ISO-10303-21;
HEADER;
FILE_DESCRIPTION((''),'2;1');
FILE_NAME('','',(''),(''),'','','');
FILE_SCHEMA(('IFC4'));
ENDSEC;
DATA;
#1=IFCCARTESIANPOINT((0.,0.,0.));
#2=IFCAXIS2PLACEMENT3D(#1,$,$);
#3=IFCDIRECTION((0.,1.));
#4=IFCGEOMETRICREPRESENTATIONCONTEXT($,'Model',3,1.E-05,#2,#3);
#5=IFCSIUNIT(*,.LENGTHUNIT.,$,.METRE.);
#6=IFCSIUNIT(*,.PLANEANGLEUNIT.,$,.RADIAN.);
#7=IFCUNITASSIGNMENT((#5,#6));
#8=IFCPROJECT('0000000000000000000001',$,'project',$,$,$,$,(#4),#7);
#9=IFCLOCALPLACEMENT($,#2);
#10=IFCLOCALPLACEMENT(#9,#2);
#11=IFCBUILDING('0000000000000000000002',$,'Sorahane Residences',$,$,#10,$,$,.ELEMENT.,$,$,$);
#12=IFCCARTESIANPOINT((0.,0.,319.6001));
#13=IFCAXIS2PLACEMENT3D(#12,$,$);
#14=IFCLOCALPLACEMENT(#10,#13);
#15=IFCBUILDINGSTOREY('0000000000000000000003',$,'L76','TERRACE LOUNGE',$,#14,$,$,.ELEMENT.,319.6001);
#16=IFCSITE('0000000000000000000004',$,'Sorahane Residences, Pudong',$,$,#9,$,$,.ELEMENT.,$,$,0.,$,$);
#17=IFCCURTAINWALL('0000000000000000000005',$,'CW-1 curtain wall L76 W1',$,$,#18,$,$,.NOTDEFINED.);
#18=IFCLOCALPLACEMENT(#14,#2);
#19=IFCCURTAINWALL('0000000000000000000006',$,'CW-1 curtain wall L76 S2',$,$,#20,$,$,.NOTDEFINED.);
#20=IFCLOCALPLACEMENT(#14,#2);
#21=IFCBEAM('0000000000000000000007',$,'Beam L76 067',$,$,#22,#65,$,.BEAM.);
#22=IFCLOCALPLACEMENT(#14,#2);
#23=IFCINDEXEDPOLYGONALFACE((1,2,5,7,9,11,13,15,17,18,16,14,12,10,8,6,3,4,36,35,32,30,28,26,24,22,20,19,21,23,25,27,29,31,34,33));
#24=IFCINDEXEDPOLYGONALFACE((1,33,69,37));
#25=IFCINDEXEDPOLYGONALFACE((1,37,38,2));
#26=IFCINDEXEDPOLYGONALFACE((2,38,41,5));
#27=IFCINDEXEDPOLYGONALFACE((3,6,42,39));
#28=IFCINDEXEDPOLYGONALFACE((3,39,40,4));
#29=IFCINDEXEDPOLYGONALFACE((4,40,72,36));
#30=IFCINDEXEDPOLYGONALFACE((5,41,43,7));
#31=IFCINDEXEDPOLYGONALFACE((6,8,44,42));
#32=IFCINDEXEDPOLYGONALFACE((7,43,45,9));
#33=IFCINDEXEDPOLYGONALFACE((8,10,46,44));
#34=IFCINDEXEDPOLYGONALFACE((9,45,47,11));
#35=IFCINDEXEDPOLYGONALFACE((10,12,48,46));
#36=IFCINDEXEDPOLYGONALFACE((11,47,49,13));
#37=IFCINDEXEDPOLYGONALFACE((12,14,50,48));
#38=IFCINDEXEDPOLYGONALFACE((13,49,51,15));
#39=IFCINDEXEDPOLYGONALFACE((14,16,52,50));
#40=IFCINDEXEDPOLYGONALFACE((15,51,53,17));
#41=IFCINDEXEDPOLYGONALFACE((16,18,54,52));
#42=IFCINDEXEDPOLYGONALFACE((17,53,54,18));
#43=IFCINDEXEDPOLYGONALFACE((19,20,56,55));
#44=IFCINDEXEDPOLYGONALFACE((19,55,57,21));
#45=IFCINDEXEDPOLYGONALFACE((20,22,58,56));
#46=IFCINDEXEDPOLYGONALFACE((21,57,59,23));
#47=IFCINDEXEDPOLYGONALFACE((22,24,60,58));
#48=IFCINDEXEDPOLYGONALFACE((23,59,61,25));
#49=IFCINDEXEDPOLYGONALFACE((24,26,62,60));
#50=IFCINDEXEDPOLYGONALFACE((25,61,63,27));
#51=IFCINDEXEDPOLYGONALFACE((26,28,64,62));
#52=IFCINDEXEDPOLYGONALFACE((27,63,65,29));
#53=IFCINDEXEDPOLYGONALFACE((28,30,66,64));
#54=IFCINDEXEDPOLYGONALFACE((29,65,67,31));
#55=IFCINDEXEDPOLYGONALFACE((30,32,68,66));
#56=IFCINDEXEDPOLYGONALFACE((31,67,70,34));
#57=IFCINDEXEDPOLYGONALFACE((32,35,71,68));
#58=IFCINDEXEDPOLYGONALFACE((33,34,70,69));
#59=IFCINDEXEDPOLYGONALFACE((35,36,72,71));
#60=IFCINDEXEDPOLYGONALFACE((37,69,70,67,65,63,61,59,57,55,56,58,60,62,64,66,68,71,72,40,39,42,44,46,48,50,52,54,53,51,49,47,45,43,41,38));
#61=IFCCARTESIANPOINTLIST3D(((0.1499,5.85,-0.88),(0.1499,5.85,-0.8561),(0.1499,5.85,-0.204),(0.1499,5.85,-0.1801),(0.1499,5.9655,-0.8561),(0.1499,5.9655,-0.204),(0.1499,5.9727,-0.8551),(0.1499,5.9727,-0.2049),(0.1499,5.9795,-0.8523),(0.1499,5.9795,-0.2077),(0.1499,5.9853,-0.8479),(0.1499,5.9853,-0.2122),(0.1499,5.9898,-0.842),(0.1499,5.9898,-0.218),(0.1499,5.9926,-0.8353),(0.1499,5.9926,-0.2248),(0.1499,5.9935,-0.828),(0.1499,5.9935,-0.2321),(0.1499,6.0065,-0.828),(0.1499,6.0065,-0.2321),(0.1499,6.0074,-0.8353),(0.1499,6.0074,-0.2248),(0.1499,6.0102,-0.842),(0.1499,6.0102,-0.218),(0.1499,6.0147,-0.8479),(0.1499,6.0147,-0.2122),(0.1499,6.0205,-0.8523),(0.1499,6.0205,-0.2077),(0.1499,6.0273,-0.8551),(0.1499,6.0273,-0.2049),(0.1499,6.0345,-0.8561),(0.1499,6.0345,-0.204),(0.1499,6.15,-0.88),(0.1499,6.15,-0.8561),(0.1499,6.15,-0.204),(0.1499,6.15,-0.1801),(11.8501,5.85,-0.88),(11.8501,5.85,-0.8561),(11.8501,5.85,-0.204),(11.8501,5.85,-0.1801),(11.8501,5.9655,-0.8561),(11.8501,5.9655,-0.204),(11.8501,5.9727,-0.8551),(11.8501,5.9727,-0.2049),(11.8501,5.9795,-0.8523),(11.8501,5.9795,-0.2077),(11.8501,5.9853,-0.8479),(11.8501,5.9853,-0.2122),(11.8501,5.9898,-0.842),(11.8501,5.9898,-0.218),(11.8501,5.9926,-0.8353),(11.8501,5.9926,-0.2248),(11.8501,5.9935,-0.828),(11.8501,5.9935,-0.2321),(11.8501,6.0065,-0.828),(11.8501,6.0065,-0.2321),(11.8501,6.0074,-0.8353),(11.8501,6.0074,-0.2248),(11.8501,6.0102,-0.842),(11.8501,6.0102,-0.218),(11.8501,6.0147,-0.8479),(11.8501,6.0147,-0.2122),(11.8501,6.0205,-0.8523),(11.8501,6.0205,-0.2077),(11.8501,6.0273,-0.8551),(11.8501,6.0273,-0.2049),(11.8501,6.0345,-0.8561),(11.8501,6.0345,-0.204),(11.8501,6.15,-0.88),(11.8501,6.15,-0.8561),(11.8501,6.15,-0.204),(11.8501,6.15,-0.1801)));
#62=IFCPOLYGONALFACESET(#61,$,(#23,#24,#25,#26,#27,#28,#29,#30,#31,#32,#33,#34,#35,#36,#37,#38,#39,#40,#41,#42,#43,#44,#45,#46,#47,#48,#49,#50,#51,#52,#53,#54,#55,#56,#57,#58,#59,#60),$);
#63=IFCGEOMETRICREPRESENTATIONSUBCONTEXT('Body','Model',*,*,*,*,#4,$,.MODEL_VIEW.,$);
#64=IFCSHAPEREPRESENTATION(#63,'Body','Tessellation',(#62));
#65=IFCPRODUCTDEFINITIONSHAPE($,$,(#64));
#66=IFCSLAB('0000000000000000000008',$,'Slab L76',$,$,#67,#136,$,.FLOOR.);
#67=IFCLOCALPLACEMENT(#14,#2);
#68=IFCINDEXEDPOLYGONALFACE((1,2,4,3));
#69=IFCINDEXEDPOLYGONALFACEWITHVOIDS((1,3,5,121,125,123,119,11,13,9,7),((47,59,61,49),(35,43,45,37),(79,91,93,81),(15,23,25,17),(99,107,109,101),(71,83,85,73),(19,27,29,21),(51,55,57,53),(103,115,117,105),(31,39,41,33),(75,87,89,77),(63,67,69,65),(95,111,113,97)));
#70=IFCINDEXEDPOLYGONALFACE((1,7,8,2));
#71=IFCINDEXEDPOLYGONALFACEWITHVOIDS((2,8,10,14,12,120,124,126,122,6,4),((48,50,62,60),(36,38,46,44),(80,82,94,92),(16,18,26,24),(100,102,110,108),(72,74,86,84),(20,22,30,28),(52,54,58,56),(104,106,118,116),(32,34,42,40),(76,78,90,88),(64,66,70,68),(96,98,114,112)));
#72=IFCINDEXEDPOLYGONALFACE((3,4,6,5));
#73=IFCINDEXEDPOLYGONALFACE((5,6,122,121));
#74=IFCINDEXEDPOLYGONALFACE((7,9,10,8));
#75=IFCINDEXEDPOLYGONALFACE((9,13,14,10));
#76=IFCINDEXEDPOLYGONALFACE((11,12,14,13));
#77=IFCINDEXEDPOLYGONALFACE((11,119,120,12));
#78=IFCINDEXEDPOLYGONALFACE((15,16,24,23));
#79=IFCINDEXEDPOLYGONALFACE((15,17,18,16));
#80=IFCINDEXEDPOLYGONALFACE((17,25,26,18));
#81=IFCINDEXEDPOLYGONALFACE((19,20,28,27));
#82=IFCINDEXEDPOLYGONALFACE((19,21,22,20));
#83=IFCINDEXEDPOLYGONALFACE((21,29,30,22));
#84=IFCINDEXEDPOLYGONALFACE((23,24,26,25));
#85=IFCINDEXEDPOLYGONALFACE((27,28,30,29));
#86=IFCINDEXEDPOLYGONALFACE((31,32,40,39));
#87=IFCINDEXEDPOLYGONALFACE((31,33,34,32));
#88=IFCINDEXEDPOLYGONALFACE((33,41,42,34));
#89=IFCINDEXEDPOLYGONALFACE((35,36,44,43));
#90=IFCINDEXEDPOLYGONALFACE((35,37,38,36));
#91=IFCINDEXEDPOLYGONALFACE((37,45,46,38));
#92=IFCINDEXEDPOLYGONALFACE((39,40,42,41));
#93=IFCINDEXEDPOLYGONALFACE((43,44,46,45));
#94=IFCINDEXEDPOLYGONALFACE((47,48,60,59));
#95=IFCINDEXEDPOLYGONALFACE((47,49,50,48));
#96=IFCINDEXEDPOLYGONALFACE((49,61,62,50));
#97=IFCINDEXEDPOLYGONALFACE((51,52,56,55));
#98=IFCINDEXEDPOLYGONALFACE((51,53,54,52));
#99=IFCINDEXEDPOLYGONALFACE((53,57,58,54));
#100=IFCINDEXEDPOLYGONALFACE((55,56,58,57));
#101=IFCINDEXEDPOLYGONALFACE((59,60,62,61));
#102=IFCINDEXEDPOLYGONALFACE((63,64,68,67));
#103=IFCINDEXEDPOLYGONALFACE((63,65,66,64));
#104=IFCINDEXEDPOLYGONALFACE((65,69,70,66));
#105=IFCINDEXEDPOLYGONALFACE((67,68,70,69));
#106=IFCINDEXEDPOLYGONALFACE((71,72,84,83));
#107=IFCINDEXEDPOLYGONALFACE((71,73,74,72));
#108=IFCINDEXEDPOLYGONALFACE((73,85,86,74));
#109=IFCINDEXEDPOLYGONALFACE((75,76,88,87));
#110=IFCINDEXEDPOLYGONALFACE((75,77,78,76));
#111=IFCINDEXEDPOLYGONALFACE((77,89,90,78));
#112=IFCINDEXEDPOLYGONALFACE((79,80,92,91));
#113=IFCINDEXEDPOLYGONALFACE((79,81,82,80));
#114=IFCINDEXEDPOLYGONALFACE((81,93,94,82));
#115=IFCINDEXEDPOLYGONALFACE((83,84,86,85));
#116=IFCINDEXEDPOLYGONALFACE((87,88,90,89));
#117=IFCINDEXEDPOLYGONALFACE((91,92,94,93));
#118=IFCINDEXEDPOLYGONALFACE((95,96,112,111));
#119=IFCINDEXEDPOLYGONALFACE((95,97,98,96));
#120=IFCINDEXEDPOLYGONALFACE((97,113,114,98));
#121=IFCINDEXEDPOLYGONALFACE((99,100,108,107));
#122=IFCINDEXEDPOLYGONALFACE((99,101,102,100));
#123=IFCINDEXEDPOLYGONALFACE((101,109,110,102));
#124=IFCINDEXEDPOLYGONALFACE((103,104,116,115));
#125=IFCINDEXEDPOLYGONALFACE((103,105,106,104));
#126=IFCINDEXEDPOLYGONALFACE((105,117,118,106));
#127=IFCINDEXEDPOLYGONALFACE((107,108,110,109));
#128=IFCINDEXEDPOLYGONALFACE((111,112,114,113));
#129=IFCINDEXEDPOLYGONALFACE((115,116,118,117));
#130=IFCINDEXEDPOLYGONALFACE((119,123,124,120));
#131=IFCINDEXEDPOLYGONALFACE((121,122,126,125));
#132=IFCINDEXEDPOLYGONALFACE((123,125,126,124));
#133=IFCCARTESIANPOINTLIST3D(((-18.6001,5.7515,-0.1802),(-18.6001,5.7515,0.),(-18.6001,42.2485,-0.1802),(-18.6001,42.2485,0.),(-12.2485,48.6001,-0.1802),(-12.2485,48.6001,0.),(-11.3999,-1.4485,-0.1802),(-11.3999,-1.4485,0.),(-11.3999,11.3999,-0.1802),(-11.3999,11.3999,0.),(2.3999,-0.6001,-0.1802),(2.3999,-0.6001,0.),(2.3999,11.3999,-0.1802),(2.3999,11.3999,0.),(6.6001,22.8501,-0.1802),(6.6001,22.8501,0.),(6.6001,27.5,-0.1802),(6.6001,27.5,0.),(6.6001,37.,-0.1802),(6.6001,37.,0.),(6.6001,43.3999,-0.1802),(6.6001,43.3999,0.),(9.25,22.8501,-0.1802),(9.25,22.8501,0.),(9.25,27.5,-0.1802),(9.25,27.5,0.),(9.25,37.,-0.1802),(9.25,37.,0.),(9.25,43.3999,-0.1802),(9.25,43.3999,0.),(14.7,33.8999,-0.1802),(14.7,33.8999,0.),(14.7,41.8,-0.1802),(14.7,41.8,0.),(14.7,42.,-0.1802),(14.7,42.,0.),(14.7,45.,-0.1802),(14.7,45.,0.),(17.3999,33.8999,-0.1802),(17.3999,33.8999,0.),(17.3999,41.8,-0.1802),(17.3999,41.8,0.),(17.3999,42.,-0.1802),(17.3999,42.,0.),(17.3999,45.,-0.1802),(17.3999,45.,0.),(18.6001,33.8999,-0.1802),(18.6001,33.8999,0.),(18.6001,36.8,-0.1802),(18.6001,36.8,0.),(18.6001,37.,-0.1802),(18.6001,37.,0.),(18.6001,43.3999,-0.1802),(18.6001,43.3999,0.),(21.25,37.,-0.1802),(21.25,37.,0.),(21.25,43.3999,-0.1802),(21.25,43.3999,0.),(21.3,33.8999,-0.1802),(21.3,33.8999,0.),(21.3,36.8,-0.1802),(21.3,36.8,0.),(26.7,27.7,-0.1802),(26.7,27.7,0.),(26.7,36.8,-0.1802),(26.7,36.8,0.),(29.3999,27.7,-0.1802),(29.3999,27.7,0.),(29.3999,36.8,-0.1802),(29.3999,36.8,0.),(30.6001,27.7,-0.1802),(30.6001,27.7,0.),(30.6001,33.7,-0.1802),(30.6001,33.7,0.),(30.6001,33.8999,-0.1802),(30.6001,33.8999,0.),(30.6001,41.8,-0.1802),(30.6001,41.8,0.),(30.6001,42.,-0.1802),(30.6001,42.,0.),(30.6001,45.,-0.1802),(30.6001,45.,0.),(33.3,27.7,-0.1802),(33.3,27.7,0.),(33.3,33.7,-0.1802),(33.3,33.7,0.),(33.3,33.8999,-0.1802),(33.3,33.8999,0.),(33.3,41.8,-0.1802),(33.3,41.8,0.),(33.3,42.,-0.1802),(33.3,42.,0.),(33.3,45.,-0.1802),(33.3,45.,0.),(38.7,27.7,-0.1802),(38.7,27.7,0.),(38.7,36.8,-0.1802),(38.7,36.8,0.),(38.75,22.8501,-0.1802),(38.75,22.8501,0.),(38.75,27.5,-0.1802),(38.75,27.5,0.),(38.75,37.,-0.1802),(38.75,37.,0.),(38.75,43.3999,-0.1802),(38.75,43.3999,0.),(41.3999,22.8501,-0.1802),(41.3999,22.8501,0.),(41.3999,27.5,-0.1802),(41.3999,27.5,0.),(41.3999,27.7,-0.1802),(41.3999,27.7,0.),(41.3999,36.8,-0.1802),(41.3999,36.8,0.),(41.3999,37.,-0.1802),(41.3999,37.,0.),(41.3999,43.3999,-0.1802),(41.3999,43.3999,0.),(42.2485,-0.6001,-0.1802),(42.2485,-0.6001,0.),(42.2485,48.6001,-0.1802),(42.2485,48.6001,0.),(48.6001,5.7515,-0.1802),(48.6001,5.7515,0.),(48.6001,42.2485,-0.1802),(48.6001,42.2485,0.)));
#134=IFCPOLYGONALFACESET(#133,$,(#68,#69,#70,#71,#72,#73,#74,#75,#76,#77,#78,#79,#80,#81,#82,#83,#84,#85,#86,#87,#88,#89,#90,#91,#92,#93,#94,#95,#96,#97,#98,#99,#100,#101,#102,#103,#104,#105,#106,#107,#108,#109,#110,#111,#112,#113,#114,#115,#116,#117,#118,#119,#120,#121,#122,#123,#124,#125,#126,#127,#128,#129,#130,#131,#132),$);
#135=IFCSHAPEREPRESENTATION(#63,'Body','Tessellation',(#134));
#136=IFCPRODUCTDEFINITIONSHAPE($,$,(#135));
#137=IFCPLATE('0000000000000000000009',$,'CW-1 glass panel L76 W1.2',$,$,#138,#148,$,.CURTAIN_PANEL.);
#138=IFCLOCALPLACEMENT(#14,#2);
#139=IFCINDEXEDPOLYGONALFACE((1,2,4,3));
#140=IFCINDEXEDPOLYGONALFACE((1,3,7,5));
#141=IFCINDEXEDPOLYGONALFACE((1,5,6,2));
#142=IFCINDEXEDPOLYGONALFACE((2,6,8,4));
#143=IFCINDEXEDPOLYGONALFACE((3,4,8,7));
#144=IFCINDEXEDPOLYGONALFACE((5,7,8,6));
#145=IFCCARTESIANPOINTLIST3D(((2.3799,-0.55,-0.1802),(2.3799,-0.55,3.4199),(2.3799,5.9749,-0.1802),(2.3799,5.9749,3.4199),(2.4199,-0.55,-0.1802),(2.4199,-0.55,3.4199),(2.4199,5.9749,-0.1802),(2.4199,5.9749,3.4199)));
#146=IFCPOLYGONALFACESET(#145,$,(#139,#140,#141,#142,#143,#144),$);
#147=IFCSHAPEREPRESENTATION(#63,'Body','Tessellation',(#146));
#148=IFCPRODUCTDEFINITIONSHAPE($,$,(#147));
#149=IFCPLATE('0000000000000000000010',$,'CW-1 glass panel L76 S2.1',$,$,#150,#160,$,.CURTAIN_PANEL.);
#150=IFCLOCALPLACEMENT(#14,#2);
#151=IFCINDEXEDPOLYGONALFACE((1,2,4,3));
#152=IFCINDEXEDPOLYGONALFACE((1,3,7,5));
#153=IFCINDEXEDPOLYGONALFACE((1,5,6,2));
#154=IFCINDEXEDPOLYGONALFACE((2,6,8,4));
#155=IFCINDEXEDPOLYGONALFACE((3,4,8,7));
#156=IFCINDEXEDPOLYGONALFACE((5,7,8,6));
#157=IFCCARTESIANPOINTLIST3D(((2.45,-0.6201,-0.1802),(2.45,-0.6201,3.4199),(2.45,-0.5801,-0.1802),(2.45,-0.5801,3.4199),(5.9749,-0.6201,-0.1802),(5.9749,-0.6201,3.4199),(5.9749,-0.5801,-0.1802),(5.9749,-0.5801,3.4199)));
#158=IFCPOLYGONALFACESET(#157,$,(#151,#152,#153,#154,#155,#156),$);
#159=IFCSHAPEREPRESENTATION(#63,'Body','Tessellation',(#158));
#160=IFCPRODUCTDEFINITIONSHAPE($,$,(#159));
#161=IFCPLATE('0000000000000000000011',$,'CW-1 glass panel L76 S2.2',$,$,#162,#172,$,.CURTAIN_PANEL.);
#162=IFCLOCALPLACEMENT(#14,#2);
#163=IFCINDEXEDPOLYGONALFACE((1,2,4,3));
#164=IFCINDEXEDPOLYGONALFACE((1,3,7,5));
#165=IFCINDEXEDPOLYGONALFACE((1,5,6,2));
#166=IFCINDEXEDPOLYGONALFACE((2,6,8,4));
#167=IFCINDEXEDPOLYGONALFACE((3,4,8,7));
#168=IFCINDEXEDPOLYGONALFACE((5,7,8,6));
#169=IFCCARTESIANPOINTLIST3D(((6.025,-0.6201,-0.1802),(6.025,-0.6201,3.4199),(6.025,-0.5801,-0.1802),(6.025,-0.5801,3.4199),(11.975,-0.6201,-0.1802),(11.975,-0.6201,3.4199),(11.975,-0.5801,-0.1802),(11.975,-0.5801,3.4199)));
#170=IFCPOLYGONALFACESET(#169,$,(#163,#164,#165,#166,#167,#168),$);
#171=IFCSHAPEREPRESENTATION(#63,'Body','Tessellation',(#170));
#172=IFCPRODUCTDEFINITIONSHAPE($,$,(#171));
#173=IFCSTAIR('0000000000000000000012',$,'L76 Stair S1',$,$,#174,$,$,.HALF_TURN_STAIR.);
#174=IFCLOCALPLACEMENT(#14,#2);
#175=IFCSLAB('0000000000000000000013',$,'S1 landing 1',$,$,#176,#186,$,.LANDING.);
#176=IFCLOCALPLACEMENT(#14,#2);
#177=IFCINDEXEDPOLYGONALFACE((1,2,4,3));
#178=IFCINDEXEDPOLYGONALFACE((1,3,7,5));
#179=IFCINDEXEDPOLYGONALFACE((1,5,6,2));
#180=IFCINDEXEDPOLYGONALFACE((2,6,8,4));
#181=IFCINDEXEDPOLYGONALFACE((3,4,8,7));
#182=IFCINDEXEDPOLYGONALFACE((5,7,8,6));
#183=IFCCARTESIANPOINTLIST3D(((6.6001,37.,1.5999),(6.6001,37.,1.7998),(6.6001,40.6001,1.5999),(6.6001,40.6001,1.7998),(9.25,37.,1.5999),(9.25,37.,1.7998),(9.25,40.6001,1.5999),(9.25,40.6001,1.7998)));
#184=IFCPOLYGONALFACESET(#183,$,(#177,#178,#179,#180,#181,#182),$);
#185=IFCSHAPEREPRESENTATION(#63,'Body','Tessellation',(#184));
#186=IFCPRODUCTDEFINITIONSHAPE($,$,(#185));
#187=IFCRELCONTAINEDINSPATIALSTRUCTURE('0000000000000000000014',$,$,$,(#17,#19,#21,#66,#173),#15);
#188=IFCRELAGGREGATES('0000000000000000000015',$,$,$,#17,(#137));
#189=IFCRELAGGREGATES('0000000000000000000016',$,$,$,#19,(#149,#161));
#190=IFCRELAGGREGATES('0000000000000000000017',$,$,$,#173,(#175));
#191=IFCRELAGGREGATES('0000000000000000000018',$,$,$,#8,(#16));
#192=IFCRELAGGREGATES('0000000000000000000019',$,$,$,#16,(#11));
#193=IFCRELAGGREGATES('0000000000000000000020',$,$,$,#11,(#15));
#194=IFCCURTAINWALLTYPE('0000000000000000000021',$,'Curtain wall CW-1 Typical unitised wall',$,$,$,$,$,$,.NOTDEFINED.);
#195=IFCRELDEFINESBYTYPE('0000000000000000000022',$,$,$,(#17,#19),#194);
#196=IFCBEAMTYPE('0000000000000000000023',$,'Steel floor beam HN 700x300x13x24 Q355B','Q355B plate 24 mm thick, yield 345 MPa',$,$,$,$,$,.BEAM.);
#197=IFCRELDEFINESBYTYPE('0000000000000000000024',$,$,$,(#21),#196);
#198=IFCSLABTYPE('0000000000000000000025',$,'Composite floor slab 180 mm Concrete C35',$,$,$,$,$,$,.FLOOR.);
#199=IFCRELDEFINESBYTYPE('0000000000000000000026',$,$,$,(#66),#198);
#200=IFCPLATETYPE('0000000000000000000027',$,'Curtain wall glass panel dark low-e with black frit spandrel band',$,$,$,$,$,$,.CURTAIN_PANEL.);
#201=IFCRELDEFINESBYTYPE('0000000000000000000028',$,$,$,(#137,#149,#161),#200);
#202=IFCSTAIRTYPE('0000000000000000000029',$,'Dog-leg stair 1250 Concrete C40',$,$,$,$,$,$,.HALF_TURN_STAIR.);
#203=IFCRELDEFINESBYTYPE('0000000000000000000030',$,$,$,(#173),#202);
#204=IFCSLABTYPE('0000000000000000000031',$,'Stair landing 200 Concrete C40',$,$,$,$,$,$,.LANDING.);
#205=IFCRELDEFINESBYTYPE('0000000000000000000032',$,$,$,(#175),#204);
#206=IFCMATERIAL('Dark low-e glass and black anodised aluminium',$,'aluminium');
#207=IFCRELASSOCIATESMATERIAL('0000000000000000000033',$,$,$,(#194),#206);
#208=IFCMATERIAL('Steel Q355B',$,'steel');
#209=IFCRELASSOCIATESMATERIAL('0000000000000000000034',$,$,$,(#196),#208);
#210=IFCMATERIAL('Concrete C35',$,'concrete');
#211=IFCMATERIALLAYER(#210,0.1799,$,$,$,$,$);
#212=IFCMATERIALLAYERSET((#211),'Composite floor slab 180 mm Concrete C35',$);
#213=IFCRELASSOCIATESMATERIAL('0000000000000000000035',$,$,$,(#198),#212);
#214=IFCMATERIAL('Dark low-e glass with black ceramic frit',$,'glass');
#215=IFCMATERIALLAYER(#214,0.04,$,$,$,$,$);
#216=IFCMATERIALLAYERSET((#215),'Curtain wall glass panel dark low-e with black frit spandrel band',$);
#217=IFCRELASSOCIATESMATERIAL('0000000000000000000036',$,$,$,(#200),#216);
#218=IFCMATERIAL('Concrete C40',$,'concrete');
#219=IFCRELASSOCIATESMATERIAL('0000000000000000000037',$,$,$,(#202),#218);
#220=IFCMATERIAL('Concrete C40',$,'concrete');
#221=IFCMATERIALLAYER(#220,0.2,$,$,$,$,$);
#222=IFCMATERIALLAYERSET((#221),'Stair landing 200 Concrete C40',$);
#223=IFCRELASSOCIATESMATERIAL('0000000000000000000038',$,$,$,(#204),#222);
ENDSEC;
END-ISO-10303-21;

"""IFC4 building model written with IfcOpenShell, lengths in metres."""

from ifc_helpers import new_model, si_unit, direction, frame, origin, origin_2d, place, context, subcontext, project, spatial, polyline, rectangle, i_section, outline, extrude, material, layer, layer_set, material_profile, profile_set, type_object, element, aggregate, save


model = new_model("IFC4")

# Units and contexts
model_context = context("Model", 3, precision=1e-05, world=origin(), true_north=direction((0.0, 1.0)))
body_context = subcontext(model_context, "Body", "Model", "MODEL_VIEW")
ifc_project = project(units=[si_unit("LENGTHUNIT", "METRE"), si_unit("PLANEANGLEUNIT", "RADIAN")], contexts=[model_context])

# Site, building, storey
site_placement = place(None, origin())
site = spatial("IfcSite", under=ifc_project, at=site_placement, Name="Sorahane Residences, Pudong", CompositionType="ELEMENT", RefElevation=0.0)
building_placement = place(site_placement, origin())
building = spatial("IfcBuilding", under=site, at=building_placement, Name="Sorahane Residences", CompositionType="ELEMENT")
storey_placement = place(building_placement, frame((0.0, 0.0, 319.6001)))
storey = spatial("IfcBuildingStorey", under=building, at=storey_placement, Name="L76", Description="TERRACE LOUNGE", CompositionType="ELEMENT", Elevation=319.6001)

# Curtain walls
ifc_material_1 = material(Name="Dark low-e glass and black anodised aluminium", Category="aluminium")
curtain_wall_type = type_object("IfcCurtainWallType", Name="Curtain wall CW-1 Typical unitised wall", PredefinedType="NOTDEFINED", material=ifc_material_1)
curtain_wall_1_placement = place(storey_placement, origin())
curtain_wall_1 = element("IfcCurtainWall", 1, at=curtain_wall_1_placement, inside=storey, type_object=curtain_wall_type, Name="CW-1 curtain wall L76 W1", PredefinedType="NOTDEFINED")
curtain_wall_2_placement = place(storey_placement, origin())
curtain_wall_2 = element("IfcCurtainWall", 2, at=curtain_wall_2_placement, inside=storey, type_object=curtain_wall_type, Name="CW-1 curtain wall L76 S2", PredefinedType="NOTDEFINED")

# Beam
ifc_material_2 = material(Name="Steel Q355B", Category="steel")
ifc_material_profile_1 = material_profile(ifc_material_2, i_section(OverallWidth=0.3, OverallDepth=0.7, WebThickness=0.0129, FlangeThickness=0.0239, FilletRadius=0.0281, at=origin_2d()), Name="HN 700x300x13x24")
ifc_profile_set_1 = profile_set([ifc_material_profile_1], Name="Steel Q355B")
beam_type_1 = type_object("IfcBeamType", Name="Steel floor beam HN 700x300x13x24 Q355B", Description="Q355B plate 24 mm thick, yield 345 MPa", PredefinedType="BEAM", material=ifc_profile_set_1)
beam_1_placement = place(storey_placement, frame((0.1499, 6.0, -0.53), z_axis=(1.0, 0.0, 0.0), x_axis=(0.0, 1.0, 0.0)))
element("IfcBeam", 3, at=beam_1_placement, inside=storey, type_object=beam_type_1, Name="Beam L76 067", PredefinedType="BEAM", context=body_context, shape_type="SweptSolid", body=[
    extrude(i_section(OverallWidth=0.3, OverallDepth=0.7, WebThickness=0.0129, FlangeThickness=0.0239, FilletRadius=0.0281, at=origin_2d()), origin(), (0.0, 0.0, 1.0), 11.7002),
])

# Slab
ifc_material_3 = material(Name="Concrete C35", Category="concrete")
ifc_layer_1 = layer(ifc_material_3, 0.1799)
ifc_layer_set_1 = layer_set([ifc_layer_1], Name="Composite floor slab 180 mm Concrete C35")
slab_type_1 = type_object("IfcSlabType", Name="Composite floor slab 180 mm Concrete C35", PredefinedType="FLOOR", material=ifc_layer_set_1)
slab_1_placement = place(storey_placement, frame((0.0, 0.0, -0.1802)))
element("IfcSlab", 4, at=slab_1_placement, inside=storey, type_object=slab_type_1, Name="Slab L76", PredefinedType="FLOOR", context=body_context, shape_type="SweptSolid", body=[
    extrude(outline(polyline([(-18.6001, 5.7515), (-18.6001, 42.2485), (-12.2485, 48.6001), (42.2485, 48.6001), (48.6001, 42.2485), (48.6001, 5.7515), (42.2485, -0.6001), (2.3999, -0.6001), (2.3999, 11.3999), (-11.3999, 11.3999), (-11.3999, -1.4485), (-18.6001, 5.7515)]), holes=[polyline([(38.7, 27.7), (41.3999, 27.7), (41.3999, 36.8), (38.7, 36.8), (38.7, 27.7)]), polyline([(30.6001, 27.7), (33.3, 27.7), (33.3, 33.7), (30.6001, 33.7), (30.6001, 27.7)]), polyline([(30.6001, 42.0), (33.3, 42.0), (33.3, 45.0), (30.6001, 45.0), (30.6001, 42.0)]), polyline([(14.7, 42.0), (17.3999, 42.0), (17.3999, 45.0), (14.7, 45.0), (14.7, 42.0)]), polyline([(6.6001, 43.3999), (6.6001, 37.0), (9.25, 37.0), (9.25, 43.3999), (6.6001, 43.3999)]), polyline([(38.75, 43.3999), (38.75, 37.0), (41.3999, 37.0), (41.3999, 43.3999), (38.75, 43.3999)]), polyline([(18.6001, 43.3999), (18.6001, 37.0), (21.25, 37.0), (21.25, 43.3999), (18.6001, 43.3999)]), polyline([(9.25, 22.8501), (9.25, 27.5), (6.6001, 27.5), (6.6001, 22.8501), (9.25, 22.8501)]), polyline([(41.3999, 22.8501), (41.3999, 27.5), (38.75, 27.5), (38.75, 22.8501), (41.3999, 22.8501)]), polyline([(14.7, 33.8999), (17.3999, 33.8999), (17.3999, 41.8), (14.7, 41.8), (14.7, 33.8999)]), polyline([(30.6001, 33.8999), (33.3, 33.8999), (33.3, 41.8), (30.6001, 41.8), (30.6001, 33.8999)]), polyline([(18.6001, 33.8999), (21.3, 33.8999), (21.3, 36.8), (18.6001, 36.8), (18.6001, 33.8999)]), polyline([(26.7, 27.7), (29.3999, 27.7), (29.3999, 36.8), (26.7, 36.8), (26.7, 27.7)])]), origin(), (0.0, 0.0, 1.0), 0.1802),
])

# Plates
ifc_material_4 = material(Name="Dark low-e glass with black ceramic frit", Category="glass")
ifc_layer_2 = layer(ifc_material_4, 0.04)
ifc_layer_set_2 = layer_set([ifc_layer_2], Name="Curtain wall glass panel dark low-e with black frit spandrel band")
plate_type = type_object("IfcPlateType", Name="Curtain wall glass panel dark low-e with black frit spandrel band", PredefinedType="CURTAIN_PANEL", material=ifc_layer_set_2)
plate_1_placement = place(storey_placement, frame((2.3999, 2.7124, -0.1802), z_axis=(0.0, 0.0, 1.0), x_axis=(0.0, -1.0, 0.0)))
plate_1 = element("IfcPlate", 5, at=plate_1_placement, type_object=plate_type, Name="CW-1 glass panel L76 W1.2", PredefinedType="CURTAIN_PANEL", context=body_context, shape_type="SweptSolid", body=[
    extrude(rectangle(XDim=6.5249, YDim=0.04, at=origin_2d()), origin(), (0.0, 0.0, 1.0), 3.6001),
])
aggregate(curtain_wall_1, [plate_1])
plate_2_placement = place(storey_placement, frame((4.2124, -0.6001, -0.1802), z_axis=(0.0, 0.0, 1.0), x_axis=(1.0, 0.0, 0.0)))
plate_2 = element("IfcPlate", 6, at=plate_2_placement, type_object=plate_type, Name="CW-1 glass panel L76 S2.1", PredefinedType="CURTAIN_PANEL", context=body_context, shape_type="SweptSolid", body=[
    extrude(rectangle(XDim=3.5249, YDim=0.04, at=origin_2d()), origin(), (0.0, 0.0, 1.0), 3.6001),
])
plate_3_placement = place(storey_placement, frame((9.0, -0.6001, -0.1802), z_axis=(0.0, 0.0, 1.0), x_axis=(1.0, 0.0, 0.0)))
plate_3 = element("IfcPlate", 7, at=plate_3_placement, type_object=plate_type, Name="CW-1 glass panel L76 S2.2", PredefinedType="CURTAIN_PANEL", context=body_context, shape_type="SweptSolid", body=[
    extrude(rectangle(XDim=5.95, YDim=0.04, at=origin_2d()), origin(), (0.0, 0.0, 1.0), 3.6001),
])
aggregate(curtain_wall_2, [plate_2, plate_3])

# Stair, slab
ifc_material_5 = material(Name="Concrete C40", Category="concrete")
stair_type = type_object("IfcStairType", Name="Dog-leg stair 1250 Concrete C40", PredefinedType="HALF_TURN_STAIR", material=ifc_material_5)
stair_1_placement = place(storey_placement, origin())
stair_1 = element("IfcStair", 8, at=stair_1_placement, inside=storey, type_object=stair_type, Name="L76 Stair S1", PredefinedType="HALF_TURN_STAIR")
ifc_material_6 = material(Name="Concrete C40", Category="concrete")
ifc_layer_3 = layer(ifc_material_6, 0.2)
ifc_layer_set_3 = layer_set([ifc_layer_3], Name="Stair landing 200 Concrete C40")
slab_type_2 = type_object("IfcSlabType", Name="Stair landing 200 Concrete C40", PredefinedType="LANDING", material=ifc_layer_set_3)
slab_2_placement = place(storey_placement, frame((0.0, 0.0, 1.5999)))
slab_2 = element("IfcSlab", 9, at=slab_2_placement, type_object=slab_type_2, Name="S1 landing 1", PredefinedType="LANDING", context=body_context, shape_type="SweptSolid", body=[
    extrude(outline(polyline([(6.6001, 40.6001), (6.6001, 37.0), (9.25, 37.0), (9.25, 40.6001), (6.6001, 40.6001)])), origin(), (0.0, 0.0, 1.0), 0.2),
])
aggregate(stair_1, [slab_2])

save(model, "model.ifc")
